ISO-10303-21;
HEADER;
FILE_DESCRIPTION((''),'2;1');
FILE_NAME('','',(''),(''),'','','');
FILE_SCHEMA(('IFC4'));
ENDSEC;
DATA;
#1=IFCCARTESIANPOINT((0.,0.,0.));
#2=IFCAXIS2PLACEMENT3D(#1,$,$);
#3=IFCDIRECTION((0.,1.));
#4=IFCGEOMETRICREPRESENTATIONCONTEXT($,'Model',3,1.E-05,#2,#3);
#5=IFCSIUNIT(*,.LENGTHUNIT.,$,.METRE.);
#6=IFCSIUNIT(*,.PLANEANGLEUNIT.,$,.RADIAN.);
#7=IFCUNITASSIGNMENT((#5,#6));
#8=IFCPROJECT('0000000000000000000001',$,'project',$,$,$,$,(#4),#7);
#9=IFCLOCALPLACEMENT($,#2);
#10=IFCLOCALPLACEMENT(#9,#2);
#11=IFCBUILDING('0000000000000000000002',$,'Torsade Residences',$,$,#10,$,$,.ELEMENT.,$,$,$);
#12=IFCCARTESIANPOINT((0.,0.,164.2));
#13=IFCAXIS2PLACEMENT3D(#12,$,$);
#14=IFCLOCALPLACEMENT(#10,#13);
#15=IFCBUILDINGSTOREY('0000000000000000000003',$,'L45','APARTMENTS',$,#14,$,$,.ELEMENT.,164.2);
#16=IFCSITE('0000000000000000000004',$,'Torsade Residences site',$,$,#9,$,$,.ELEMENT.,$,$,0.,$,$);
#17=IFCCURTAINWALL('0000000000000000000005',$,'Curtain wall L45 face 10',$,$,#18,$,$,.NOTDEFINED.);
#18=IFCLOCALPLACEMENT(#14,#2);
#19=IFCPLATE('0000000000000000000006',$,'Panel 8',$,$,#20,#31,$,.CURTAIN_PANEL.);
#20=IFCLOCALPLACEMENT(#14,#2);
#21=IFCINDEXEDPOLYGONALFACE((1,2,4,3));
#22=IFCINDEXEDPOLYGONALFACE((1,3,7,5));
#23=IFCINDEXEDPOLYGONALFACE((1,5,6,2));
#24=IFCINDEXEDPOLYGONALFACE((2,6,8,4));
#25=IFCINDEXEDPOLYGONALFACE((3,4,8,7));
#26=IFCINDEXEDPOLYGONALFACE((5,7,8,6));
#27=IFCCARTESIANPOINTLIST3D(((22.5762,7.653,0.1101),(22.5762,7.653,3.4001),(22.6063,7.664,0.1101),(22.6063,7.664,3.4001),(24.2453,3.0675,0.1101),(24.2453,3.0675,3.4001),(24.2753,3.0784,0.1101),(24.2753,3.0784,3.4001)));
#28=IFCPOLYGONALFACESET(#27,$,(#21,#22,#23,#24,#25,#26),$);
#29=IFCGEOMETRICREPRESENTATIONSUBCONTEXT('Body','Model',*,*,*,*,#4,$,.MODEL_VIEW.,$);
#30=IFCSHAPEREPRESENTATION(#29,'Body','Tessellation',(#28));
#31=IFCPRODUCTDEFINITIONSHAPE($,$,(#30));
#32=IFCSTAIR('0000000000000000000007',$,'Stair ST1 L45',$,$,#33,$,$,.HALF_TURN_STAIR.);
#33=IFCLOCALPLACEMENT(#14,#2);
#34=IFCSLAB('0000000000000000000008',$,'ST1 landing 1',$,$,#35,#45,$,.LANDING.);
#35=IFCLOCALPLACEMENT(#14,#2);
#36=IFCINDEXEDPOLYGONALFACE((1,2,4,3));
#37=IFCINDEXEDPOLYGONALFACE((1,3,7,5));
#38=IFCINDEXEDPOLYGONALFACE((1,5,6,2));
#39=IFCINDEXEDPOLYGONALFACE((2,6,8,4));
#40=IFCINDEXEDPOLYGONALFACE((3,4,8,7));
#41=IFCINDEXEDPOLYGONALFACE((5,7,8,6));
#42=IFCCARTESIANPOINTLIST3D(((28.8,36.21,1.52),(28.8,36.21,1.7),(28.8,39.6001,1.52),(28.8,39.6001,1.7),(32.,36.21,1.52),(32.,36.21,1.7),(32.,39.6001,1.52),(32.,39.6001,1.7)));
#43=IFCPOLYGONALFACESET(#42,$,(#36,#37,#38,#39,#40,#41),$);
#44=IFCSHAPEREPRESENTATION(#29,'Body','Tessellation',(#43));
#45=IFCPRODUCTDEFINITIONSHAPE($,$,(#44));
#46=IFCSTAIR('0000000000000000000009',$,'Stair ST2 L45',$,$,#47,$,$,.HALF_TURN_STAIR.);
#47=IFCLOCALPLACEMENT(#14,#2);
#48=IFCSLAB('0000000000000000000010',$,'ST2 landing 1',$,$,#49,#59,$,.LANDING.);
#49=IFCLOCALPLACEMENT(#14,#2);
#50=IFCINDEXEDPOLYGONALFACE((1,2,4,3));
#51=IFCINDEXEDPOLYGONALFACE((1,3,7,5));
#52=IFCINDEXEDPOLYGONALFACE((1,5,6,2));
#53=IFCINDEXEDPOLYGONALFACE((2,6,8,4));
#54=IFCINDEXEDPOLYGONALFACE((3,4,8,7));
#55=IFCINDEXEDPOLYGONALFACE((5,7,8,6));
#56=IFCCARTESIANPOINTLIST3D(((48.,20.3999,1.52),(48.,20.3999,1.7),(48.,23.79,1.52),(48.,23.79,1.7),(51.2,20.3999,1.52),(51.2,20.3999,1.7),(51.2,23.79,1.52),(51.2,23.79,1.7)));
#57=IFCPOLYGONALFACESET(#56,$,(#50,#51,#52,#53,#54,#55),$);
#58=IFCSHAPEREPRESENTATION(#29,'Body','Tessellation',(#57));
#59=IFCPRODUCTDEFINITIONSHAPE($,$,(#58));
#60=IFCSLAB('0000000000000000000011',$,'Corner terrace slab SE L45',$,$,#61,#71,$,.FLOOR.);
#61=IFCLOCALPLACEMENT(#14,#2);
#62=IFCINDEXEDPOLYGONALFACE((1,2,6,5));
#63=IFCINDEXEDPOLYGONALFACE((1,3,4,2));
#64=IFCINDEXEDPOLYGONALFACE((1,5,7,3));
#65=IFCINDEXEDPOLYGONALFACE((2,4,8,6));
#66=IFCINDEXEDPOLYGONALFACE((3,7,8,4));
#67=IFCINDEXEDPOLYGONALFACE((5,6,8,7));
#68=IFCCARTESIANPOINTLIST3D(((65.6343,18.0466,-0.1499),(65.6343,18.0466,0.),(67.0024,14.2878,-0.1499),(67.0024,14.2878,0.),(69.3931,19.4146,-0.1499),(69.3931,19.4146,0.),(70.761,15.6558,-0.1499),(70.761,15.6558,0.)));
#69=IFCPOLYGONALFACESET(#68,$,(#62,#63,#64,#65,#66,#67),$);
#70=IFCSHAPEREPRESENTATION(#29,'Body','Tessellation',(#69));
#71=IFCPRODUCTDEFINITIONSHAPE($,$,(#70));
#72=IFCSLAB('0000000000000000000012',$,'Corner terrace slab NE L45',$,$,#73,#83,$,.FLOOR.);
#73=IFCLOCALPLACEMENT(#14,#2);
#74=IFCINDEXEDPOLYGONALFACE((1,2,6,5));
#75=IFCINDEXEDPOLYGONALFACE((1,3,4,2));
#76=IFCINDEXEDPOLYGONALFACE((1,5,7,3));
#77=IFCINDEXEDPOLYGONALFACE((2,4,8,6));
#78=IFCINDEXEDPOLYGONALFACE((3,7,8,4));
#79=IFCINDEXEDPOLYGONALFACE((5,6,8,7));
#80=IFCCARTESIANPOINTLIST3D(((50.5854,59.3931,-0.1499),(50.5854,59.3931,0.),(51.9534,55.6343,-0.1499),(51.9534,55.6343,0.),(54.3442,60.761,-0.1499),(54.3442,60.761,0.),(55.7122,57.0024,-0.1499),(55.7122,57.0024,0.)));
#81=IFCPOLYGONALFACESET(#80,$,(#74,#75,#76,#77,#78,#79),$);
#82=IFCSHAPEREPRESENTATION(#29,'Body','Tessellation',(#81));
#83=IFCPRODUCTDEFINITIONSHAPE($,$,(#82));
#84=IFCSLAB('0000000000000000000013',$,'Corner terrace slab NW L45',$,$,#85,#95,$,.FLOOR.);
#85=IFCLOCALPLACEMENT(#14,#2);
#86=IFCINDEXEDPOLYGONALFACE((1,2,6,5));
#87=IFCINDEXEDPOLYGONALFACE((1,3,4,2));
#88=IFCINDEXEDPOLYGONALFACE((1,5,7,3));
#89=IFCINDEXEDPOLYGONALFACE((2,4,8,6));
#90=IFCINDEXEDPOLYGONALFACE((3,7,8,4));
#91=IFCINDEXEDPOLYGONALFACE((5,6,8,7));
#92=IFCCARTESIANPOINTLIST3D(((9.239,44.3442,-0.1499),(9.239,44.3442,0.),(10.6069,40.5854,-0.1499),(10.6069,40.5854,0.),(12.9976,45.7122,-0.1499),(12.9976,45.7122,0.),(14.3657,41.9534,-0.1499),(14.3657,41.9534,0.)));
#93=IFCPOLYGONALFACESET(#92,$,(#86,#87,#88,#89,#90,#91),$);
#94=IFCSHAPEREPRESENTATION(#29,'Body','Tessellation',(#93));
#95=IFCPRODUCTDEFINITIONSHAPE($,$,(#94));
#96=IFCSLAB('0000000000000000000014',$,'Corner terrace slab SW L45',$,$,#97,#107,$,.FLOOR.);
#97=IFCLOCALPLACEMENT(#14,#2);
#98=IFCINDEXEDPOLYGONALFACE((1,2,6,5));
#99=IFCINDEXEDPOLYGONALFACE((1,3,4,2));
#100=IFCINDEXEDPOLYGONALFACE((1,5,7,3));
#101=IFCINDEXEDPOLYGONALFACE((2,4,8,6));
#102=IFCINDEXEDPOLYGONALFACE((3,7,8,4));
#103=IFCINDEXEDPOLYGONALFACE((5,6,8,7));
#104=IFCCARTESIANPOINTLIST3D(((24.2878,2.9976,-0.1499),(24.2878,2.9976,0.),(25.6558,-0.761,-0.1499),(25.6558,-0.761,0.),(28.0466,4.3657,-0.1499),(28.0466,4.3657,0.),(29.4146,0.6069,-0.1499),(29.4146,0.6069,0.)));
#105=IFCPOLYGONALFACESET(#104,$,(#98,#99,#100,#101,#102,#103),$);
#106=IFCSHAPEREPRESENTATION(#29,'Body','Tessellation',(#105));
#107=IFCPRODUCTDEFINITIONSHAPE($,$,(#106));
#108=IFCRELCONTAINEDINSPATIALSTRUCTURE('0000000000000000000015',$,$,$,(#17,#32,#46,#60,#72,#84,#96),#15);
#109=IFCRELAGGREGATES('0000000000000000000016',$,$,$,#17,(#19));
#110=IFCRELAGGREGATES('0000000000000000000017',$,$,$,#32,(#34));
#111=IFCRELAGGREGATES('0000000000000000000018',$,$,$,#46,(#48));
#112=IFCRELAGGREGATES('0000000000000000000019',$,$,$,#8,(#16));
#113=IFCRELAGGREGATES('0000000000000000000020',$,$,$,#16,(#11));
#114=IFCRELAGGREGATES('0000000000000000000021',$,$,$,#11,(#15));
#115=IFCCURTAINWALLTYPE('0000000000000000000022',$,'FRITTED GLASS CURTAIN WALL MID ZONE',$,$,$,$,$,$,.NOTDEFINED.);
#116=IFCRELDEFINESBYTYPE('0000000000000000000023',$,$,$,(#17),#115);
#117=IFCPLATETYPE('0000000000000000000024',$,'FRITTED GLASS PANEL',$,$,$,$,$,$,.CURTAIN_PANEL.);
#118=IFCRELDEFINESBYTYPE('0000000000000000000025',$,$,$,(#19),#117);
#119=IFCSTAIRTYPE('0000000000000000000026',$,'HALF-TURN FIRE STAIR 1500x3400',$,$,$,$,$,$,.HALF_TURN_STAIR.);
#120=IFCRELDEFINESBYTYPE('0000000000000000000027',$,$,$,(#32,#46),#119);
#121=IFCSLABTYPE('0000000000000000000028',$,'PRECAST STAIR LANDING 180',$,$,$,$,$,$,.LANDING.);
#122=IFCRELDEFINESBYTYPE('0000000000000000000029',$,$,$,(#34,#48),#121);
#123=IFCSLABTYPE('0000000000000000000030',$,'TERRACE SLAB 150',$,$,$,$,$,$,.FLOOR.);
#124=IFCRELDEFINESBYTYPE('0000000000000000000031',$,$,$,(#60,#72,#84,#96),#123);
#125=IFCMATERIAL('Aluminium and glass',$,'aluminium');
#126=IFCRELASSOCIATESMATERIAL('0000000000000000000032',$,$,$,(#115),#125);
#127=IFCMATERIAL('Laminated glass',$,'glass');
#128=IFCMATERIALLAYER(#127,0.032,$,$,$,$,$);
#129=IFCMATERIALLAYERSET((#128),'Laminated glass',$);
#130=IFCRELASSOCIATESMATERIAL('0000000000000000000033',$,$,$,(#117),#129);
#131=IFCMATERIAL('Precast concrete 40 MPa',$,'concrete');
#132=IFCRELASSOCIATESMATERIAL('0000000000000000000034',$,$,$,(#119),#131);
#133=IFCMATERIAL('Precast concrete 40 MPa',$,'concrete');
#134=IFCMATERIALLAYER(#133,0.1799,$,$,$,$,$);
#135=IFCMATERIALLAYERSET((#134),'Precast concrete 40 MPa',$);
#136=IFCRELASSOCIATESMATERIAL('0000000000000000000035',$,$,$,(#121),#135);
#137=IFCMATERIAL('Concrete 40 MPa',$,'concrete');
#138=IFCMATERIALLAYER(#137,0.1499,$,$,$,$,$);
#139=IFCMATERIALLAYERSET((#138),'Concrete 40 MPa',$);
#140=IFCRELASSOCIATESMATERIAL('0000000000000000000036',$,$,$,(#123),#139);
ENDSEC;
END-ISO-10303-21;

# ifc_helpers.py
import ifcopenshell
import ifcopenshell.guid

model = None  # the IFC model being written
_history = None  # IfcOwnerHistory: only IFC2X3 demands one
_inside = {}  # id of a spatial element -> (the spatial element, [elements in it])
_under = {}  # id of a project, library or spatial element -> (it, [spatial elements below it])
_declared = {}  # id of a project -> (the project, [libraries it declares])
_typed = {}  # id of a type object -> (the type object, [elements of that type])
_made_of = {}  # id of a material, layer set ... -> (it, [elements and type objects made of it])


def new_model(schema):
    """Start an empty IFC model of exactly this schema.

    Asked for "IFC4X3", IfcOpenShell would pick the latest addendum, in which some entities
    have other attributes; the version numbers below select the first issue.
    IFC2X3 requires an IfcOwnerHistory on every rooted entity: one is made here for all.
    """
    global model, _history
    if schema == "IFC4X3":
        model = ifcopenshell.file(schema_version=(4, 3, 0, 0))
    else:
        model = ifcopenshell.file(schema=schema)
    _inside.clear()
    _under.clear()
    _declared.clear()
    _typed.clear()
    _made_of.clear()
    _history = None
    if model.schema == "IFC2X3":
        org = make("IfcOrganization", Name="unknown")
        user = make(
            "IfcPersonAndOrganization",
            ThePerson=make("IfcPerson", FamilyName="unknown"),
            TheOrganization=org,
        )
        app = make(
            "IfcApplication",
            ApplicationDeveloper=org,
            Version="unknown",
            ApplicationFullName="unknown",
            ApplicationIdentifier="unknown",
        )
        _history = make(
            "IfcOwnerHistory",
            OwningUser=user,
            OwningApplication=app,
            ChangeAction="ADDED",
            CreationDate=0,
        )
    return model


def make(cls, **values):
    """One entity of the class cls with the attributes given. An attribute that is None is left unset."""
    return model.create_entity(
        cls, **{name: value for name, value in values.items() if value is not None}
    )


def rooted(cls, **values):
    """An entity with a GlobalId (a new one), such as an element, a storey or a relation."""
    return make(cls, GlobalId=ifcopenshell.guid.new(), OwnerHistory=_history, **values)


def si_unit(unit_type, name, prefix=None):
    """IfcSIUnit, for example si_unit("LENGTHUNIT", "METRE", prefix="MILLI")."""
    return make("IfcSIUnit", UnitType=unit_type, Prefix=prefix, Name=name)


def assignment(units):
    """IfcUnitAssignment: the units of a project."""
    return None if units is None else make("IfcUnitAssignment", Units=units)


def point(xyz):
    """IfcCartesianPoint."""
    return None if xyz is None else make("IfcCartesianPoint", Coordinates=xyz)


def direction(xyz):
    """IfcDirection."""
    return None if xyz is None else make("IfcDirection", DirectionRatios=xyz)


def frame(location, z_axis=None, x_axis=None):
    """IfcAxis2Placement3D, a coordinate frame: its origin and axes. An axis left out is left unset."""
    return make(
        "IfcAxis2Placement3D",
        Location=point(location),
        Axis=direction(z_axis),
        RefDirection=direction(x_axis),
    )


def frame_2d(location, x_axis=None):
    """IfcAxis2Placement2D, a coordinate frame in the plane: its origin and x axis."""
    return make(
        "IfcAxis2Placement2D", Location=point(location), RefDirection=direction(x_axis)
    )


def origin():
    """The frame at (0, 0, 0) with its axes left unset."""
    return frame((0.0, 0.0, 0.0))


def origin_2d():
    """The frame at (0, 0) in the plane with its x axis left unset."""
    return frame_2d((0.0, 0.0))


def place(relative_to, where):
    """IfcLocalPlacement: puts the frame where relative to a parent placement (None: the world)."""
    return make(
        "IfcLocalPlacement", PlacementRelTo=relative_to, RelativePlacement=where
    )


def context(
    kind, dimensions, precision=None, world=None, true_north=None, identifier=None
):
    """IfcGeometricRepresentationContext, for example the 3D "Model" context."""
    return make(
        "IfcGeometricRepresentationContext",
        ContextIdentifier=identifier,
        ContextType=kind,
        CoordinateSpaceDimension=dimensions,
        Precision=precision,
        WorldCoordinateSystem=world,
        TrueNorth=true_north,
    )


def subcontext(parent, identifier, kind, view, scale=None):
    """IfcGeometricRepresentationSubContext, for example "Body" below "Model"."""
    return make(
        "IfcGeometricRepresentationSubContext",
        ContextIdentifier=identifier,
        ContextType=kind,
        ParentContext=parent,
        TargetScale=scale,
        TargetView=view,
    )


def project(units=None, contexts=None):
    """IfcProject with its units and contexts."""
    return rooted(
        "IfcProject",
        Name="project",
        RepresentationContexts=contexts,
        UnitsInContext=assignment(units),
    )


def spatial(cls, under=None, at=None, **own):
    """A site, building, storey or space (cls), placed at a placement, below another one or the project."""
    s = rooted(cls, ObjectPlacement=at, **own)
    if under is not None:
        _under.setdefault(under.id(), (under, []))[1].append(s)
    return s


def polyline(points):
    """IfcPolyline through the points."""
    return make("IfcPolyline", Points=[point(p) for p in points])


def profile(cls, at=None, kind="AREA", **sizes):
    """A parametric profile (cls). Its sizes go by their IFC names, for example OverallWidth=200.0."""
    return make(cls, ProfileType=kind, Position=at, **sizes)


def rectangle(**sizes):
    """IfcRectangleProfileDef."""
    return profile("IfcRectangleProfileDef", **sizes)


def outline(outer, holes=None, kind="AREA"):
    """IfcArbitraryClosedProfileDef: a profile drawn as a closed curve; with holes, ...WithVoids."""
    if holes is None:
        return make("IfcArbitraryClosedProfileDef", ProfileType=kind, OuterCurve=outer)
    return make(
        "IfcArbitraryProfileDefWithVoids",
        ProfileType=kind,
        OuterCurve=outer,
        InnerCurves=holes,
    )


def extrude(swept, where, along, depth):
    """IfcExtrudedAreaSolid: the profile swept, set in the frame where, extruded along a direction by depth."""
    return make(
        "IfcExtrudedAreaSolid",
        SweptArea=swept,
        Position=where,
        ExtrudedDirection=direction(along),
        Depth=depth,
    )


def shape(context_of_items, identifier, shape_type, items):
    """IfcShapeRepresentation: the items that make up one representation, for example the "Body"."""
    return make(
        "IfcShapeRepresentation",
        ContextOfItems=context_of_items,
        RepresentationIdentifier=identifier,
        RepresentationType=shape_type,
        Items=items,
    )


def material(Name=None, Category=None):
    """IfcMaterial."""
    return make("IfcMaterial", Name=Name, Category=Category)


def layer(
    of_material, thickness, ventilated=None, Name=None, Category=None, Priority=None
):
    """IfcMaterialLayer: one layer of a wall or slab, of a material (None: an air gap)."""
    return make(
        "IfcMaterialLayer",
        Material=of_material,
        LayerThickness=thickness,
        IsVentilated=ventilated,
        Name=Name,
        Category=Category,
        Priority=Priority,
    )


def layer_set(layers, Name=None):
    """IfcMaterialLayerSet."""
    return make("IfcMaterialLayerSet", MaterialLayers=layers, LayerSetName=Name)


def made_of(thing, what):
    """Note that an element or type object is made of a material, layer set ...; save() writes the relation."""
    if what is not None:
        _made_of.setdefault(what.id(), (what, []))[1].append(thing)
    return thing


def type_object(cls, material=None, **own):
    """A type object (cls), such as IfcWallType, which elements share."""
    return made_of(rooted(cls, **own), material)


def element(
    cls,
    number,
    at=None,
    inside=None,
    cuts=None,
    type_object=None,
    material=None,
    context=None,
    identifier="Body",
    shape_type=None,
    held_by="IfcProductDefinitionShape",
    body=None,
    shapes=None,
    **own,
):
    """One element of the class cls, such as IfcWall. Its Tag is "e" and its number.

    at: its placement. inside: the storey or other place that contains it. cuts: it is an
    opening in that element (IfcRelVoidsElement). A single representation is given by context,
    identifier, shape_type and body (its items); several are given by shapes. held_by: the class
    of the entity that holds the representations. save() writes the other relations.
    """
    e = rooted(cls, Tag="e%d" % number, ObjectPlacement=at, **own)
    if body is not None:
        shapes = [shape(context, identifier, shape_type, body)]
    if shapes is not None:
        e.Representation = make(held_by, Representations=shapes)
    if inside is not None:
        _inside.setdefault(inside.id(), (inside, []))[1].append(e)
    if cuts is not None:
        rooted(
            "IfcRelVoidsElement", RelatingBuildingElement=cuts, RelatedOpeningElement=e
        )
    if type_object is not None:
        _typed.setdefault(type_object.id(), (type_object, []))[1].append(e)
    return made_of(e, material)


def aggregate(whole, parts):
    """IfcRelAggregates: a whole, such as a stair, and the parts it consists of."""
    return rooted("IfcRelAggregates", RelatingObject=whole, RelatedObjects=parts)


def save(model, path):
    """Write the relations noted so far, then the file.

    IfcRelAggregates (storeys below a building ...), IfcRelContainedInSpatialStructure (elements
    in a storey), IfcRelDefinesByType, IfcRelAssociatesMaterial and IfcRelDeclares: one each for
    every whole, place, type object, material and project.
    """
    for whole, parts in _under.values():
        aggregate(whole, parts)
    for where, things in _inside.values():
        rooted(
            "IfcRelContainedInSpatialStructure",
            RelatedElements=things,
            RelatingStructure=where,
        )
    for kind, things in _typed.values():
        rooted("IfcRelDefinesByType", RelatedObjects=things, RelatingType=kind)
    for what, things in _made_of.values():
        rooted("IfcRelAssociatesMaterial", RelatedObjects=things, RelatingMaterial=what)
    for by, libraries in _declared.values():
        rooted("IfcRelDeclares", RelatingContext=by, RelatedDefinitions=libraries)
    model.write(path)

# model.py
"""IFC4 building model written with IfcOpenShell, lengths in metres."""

from ifc_helpers import new_model, si_unit, direction, frame, origin, origin_2d, place, context, subcontext, project, spatial, polyline, rectangle, outline, extrude, material, layer, layer_set, type_object, element, aggregate, save


model = new_model("IFC4")

# Units and contexts
model_context = context("Model", 3, precision=1e-05, world=origin(), true_north=direction((0.0, 1.0)))
body_context = subcontext(model_context, "Body", "Model", "MODEL_VIEW")
ifc_project = project(units=[si_unit("LENGTHUNIT", "METRE"), si_unit("PLANEANGLEUNIT", "RADIAN")], contexts=[model_context])

# Site, building, storey
site_placement = place(None, origin())
site = spatial("IfcSite", under=ifc_project, at=site_placement, Name="Torsade Residences site", CompositionType="ELEMENT", RefElevation=0.0)
building_placement = place(site_placement, origin())
building = spatial("IfcBuilding", under=site, at=building_placement, Name="Torsade Residences", CompositionType="ELEMENT")
storey_placement = place(building_placement, frame((0.0, 0.0, 164.2)))
storey = spatial("IfcBuildingStorey", under=building, at=storey_placement, Name="L45", Description="APARTMENTS", CompositionType="ELEMENT", Elevation=164.2)

# Curtain wall
ifc_material_1 = material(Name="Aluminium and glass", Category="aluminium")
curtain_wall_type = type_object("IfcCurtainWallType", Name="FRITTED GLASS CURTAIN WALL MID ZONE", PredefinedType="NOTDEFINED", material=ifc_material_1)
curtain_wall_placement = place(storey_placement, origin())
curtain_wall = element("IfcCurtainWall", 1, at=curtain_wall_placement, inside=storey, type_object=curtain_wall_type, Name="Curtain wall L45 face 10", PredefinedType="NOTDEFINED")

# Plate
ifc_material_2 = material(Name="Laminated glass", Category="glass")
ifc_layer_1 = layer(ifc_material_2, 0.032)
ifc_layer_set_1 = layer_set([ifc_layer_1], Name="Laminated glass")
plate_type = type_object("IfcPlateType", Name="FRITTED GLASS PANEL", PredefinedType="CURTAIN_PANEL", material=ifc_layer_set_1)
plate_1_placement = place(storey_placement, frame((23.4258, 5.3657, 0.1101), z_axis=(0.0, 0.0, 1.0), x_axis=(0.34202, -0.939693, 0.0)))
plate_1 = element("IfcPlate", 2, at=plate_1_placement, type_object=plate_type, Name="Panel 8", PredefinedType="CURTAIN_PANEL", context=body_context, shape_type="SweptSolid", body=[
    extrude(rectangle(XDim=4.8799, YDim=0.032, at=origin_2d()), origin(), (0.0, 0.0, 1.0), 3.29),
])
aggregate(curtain_wall, [plate_1])

# Stairs, slabs
ifc_material_3 = material(Name="Precast concrete 40 MPa", Category="concrete")
stair_type = type_object("IfcStairType", Name="HALF-TURN FIRE STAIR 1500x3400", PredefinedType="HALF_TURN_STAIR", material=ifc_material_3)
stair_1_placement = place(storey_placement, origin())
stair_1 = element("IfcStair", 3, at=stair_1_placement, inside=storey, type_object=stair_type, Name="Stair ST1 L45", PredefinedType="HALF_TURN_STAIR")
ifc_material_4 = material(Name="Precast concrete 40 MPa", Category="concrete")
ifc_layer_2 = layer(ifc_material_4, 0.1799)
ifc_layer_set_2 = layer_set([ifc_layer_2], Name="Precast concrete 40 MPa")
slab_type_1 = type_object("IfcSlabType", Name="PRECAST STAIR LANDING 180", PredefinedType="LANDING", material=ifc_layer_set_2)
slab_1_placement = place(storey_placement, frame((0.0, 0.0, 1.52)))
slab_1 = element("IfcSlab", 4, at=slab_1_placement, type_object=slab_type_1, Name="ST1 landing 1", PredefinedType="LANDING", context=body_context, shape_type="SweptSolid", body=[
    extrude(outline(polyline([(28.8, 36.21), (32.0, 36.21), (32.0, 39.6001), (28.8, 39.6001), (28.8, 36.21)])), origin(), (0.0, 0.0, 1.0), 0.1799),
])
aggregate(stair_1, [slab_1])
stair_2_placement = place(storey_placement, origin())
stair_2 = element("IfcStair", 5, at=stair_2_placement, inside=storey, type_object=stair_type, Name="Stair ST2 L45", PredefinedType="HALF_TURN_STAIR")
slab_2_placement = place(storey_placement, frame((0.0, 0.0, 1.52)))
slab_2 = element("IfcSlab", 6, at=slab_2_placement, type_object=slab_type_1, Name="ST2 landing 1", PredefinedType="LANDING", context=body_context, shape_type="SweptSolid", body=[
    extrude(outline(polyline([(48.0, 20.3999), (51.2, 20.3999), (51.2, 23.79), (48.0, 23.79), (48.0, 20.3999)])), origin(), (0.0, 0.0, 1.0), 0.1799),
])
aggregate(stair_2, [slab_2])

# Slabs
ifc_material_5 = material(Name="Concrete 40 MPa", Category="concrete")
ifc_layer_3 = layer(ifc_material_5, 0.1499)
ifc_layer_set_3 = layer_set([ifc_layer_3], Name="Concrete 40 MPa")
slab_type_2 = type_object("IfcSlabType", Name="TERRACE SLAB 150", PredefinedType="FLOOR", material=ifc_layer_set_3)
slab_3_placement = place(storey_placement, frame((0.0, 0.0, -0.1499)))
element("IfcSlab", 7, at=slab_3_placement, inside=storey, type_object=slab_type_2, Name="Corner terrace slab SE L45", PredefinedType="FLOOR", context=body_context, shape_type="SweptSolid", body=[
    extrude(outline(polyline([(67.0024, 14.2878), (70.761, 15.6558), (69.3931, 19.4146), (65.6343, 18.0466), (67.0024, 14.2878)])), origin(), (0.0, 0.0, 1.0), 0.1499),
])
slab_4_placement = place(storey_placement, frame((0.0, 0.0, -0.1499)))
element("IfcSlab", 8, at=slab_4_placement, inside=storey, type_object=slab_type_2, Name="Corner terrace slab NE L45", PredefinedType="FLOOR", context=body_context, shape_type="SweptSolid", body=[
    extrude(outline(polyline([(51.9534, 55.6343), (55.7122, 57.0024), (54.3442, 60.761), (50.5854, 59.3931), (51.9534, 55.6343)])), origin(), (0.0, 0.0, 1.0), 0.1499),
])
slab_5_placement = place(storey_placement, frame((0.0, 0.0, -0.1499)))
element("IfcSlab", 9, at=slab_5_placement, inside=storey, type_object=slab_type_2, Name="Corner terrace slab NW L45", PredefinedType="FLOOR", context=body_context, shape_type="SweptSolid", body=[
    extrude(outline(polyline([(10.6069, 40.5854), (14.3657, 41.9534), (12.9976, 45.7122), (9.239, 44.3442), (10.6069, 40.5854)])), origin(), (0.0, 0.0, 1.0), 0.1499),
])
slab_6_placement = place(storey_placement, frame((0.0, 0.0, -0.1499)))
element("IfcSlab", 10, at=slab_6_placement, inside=storey, type_object=slab_type_2, Name="Corner terrace slab SW L45", PredefinedType="FLOOR", context=body_context, shape_type="SweptSolid", body=[
    extrude(outline(polyline([(25.6558, -0.761), (29.4146, 0.6069), (28.0466, 4.3657), (24.2878, 2.9976), (25.6558, -0.761)])), origin(), (0.0, 0.0, 1.0), 0.1499),
])

save(model, "model.ifc")
